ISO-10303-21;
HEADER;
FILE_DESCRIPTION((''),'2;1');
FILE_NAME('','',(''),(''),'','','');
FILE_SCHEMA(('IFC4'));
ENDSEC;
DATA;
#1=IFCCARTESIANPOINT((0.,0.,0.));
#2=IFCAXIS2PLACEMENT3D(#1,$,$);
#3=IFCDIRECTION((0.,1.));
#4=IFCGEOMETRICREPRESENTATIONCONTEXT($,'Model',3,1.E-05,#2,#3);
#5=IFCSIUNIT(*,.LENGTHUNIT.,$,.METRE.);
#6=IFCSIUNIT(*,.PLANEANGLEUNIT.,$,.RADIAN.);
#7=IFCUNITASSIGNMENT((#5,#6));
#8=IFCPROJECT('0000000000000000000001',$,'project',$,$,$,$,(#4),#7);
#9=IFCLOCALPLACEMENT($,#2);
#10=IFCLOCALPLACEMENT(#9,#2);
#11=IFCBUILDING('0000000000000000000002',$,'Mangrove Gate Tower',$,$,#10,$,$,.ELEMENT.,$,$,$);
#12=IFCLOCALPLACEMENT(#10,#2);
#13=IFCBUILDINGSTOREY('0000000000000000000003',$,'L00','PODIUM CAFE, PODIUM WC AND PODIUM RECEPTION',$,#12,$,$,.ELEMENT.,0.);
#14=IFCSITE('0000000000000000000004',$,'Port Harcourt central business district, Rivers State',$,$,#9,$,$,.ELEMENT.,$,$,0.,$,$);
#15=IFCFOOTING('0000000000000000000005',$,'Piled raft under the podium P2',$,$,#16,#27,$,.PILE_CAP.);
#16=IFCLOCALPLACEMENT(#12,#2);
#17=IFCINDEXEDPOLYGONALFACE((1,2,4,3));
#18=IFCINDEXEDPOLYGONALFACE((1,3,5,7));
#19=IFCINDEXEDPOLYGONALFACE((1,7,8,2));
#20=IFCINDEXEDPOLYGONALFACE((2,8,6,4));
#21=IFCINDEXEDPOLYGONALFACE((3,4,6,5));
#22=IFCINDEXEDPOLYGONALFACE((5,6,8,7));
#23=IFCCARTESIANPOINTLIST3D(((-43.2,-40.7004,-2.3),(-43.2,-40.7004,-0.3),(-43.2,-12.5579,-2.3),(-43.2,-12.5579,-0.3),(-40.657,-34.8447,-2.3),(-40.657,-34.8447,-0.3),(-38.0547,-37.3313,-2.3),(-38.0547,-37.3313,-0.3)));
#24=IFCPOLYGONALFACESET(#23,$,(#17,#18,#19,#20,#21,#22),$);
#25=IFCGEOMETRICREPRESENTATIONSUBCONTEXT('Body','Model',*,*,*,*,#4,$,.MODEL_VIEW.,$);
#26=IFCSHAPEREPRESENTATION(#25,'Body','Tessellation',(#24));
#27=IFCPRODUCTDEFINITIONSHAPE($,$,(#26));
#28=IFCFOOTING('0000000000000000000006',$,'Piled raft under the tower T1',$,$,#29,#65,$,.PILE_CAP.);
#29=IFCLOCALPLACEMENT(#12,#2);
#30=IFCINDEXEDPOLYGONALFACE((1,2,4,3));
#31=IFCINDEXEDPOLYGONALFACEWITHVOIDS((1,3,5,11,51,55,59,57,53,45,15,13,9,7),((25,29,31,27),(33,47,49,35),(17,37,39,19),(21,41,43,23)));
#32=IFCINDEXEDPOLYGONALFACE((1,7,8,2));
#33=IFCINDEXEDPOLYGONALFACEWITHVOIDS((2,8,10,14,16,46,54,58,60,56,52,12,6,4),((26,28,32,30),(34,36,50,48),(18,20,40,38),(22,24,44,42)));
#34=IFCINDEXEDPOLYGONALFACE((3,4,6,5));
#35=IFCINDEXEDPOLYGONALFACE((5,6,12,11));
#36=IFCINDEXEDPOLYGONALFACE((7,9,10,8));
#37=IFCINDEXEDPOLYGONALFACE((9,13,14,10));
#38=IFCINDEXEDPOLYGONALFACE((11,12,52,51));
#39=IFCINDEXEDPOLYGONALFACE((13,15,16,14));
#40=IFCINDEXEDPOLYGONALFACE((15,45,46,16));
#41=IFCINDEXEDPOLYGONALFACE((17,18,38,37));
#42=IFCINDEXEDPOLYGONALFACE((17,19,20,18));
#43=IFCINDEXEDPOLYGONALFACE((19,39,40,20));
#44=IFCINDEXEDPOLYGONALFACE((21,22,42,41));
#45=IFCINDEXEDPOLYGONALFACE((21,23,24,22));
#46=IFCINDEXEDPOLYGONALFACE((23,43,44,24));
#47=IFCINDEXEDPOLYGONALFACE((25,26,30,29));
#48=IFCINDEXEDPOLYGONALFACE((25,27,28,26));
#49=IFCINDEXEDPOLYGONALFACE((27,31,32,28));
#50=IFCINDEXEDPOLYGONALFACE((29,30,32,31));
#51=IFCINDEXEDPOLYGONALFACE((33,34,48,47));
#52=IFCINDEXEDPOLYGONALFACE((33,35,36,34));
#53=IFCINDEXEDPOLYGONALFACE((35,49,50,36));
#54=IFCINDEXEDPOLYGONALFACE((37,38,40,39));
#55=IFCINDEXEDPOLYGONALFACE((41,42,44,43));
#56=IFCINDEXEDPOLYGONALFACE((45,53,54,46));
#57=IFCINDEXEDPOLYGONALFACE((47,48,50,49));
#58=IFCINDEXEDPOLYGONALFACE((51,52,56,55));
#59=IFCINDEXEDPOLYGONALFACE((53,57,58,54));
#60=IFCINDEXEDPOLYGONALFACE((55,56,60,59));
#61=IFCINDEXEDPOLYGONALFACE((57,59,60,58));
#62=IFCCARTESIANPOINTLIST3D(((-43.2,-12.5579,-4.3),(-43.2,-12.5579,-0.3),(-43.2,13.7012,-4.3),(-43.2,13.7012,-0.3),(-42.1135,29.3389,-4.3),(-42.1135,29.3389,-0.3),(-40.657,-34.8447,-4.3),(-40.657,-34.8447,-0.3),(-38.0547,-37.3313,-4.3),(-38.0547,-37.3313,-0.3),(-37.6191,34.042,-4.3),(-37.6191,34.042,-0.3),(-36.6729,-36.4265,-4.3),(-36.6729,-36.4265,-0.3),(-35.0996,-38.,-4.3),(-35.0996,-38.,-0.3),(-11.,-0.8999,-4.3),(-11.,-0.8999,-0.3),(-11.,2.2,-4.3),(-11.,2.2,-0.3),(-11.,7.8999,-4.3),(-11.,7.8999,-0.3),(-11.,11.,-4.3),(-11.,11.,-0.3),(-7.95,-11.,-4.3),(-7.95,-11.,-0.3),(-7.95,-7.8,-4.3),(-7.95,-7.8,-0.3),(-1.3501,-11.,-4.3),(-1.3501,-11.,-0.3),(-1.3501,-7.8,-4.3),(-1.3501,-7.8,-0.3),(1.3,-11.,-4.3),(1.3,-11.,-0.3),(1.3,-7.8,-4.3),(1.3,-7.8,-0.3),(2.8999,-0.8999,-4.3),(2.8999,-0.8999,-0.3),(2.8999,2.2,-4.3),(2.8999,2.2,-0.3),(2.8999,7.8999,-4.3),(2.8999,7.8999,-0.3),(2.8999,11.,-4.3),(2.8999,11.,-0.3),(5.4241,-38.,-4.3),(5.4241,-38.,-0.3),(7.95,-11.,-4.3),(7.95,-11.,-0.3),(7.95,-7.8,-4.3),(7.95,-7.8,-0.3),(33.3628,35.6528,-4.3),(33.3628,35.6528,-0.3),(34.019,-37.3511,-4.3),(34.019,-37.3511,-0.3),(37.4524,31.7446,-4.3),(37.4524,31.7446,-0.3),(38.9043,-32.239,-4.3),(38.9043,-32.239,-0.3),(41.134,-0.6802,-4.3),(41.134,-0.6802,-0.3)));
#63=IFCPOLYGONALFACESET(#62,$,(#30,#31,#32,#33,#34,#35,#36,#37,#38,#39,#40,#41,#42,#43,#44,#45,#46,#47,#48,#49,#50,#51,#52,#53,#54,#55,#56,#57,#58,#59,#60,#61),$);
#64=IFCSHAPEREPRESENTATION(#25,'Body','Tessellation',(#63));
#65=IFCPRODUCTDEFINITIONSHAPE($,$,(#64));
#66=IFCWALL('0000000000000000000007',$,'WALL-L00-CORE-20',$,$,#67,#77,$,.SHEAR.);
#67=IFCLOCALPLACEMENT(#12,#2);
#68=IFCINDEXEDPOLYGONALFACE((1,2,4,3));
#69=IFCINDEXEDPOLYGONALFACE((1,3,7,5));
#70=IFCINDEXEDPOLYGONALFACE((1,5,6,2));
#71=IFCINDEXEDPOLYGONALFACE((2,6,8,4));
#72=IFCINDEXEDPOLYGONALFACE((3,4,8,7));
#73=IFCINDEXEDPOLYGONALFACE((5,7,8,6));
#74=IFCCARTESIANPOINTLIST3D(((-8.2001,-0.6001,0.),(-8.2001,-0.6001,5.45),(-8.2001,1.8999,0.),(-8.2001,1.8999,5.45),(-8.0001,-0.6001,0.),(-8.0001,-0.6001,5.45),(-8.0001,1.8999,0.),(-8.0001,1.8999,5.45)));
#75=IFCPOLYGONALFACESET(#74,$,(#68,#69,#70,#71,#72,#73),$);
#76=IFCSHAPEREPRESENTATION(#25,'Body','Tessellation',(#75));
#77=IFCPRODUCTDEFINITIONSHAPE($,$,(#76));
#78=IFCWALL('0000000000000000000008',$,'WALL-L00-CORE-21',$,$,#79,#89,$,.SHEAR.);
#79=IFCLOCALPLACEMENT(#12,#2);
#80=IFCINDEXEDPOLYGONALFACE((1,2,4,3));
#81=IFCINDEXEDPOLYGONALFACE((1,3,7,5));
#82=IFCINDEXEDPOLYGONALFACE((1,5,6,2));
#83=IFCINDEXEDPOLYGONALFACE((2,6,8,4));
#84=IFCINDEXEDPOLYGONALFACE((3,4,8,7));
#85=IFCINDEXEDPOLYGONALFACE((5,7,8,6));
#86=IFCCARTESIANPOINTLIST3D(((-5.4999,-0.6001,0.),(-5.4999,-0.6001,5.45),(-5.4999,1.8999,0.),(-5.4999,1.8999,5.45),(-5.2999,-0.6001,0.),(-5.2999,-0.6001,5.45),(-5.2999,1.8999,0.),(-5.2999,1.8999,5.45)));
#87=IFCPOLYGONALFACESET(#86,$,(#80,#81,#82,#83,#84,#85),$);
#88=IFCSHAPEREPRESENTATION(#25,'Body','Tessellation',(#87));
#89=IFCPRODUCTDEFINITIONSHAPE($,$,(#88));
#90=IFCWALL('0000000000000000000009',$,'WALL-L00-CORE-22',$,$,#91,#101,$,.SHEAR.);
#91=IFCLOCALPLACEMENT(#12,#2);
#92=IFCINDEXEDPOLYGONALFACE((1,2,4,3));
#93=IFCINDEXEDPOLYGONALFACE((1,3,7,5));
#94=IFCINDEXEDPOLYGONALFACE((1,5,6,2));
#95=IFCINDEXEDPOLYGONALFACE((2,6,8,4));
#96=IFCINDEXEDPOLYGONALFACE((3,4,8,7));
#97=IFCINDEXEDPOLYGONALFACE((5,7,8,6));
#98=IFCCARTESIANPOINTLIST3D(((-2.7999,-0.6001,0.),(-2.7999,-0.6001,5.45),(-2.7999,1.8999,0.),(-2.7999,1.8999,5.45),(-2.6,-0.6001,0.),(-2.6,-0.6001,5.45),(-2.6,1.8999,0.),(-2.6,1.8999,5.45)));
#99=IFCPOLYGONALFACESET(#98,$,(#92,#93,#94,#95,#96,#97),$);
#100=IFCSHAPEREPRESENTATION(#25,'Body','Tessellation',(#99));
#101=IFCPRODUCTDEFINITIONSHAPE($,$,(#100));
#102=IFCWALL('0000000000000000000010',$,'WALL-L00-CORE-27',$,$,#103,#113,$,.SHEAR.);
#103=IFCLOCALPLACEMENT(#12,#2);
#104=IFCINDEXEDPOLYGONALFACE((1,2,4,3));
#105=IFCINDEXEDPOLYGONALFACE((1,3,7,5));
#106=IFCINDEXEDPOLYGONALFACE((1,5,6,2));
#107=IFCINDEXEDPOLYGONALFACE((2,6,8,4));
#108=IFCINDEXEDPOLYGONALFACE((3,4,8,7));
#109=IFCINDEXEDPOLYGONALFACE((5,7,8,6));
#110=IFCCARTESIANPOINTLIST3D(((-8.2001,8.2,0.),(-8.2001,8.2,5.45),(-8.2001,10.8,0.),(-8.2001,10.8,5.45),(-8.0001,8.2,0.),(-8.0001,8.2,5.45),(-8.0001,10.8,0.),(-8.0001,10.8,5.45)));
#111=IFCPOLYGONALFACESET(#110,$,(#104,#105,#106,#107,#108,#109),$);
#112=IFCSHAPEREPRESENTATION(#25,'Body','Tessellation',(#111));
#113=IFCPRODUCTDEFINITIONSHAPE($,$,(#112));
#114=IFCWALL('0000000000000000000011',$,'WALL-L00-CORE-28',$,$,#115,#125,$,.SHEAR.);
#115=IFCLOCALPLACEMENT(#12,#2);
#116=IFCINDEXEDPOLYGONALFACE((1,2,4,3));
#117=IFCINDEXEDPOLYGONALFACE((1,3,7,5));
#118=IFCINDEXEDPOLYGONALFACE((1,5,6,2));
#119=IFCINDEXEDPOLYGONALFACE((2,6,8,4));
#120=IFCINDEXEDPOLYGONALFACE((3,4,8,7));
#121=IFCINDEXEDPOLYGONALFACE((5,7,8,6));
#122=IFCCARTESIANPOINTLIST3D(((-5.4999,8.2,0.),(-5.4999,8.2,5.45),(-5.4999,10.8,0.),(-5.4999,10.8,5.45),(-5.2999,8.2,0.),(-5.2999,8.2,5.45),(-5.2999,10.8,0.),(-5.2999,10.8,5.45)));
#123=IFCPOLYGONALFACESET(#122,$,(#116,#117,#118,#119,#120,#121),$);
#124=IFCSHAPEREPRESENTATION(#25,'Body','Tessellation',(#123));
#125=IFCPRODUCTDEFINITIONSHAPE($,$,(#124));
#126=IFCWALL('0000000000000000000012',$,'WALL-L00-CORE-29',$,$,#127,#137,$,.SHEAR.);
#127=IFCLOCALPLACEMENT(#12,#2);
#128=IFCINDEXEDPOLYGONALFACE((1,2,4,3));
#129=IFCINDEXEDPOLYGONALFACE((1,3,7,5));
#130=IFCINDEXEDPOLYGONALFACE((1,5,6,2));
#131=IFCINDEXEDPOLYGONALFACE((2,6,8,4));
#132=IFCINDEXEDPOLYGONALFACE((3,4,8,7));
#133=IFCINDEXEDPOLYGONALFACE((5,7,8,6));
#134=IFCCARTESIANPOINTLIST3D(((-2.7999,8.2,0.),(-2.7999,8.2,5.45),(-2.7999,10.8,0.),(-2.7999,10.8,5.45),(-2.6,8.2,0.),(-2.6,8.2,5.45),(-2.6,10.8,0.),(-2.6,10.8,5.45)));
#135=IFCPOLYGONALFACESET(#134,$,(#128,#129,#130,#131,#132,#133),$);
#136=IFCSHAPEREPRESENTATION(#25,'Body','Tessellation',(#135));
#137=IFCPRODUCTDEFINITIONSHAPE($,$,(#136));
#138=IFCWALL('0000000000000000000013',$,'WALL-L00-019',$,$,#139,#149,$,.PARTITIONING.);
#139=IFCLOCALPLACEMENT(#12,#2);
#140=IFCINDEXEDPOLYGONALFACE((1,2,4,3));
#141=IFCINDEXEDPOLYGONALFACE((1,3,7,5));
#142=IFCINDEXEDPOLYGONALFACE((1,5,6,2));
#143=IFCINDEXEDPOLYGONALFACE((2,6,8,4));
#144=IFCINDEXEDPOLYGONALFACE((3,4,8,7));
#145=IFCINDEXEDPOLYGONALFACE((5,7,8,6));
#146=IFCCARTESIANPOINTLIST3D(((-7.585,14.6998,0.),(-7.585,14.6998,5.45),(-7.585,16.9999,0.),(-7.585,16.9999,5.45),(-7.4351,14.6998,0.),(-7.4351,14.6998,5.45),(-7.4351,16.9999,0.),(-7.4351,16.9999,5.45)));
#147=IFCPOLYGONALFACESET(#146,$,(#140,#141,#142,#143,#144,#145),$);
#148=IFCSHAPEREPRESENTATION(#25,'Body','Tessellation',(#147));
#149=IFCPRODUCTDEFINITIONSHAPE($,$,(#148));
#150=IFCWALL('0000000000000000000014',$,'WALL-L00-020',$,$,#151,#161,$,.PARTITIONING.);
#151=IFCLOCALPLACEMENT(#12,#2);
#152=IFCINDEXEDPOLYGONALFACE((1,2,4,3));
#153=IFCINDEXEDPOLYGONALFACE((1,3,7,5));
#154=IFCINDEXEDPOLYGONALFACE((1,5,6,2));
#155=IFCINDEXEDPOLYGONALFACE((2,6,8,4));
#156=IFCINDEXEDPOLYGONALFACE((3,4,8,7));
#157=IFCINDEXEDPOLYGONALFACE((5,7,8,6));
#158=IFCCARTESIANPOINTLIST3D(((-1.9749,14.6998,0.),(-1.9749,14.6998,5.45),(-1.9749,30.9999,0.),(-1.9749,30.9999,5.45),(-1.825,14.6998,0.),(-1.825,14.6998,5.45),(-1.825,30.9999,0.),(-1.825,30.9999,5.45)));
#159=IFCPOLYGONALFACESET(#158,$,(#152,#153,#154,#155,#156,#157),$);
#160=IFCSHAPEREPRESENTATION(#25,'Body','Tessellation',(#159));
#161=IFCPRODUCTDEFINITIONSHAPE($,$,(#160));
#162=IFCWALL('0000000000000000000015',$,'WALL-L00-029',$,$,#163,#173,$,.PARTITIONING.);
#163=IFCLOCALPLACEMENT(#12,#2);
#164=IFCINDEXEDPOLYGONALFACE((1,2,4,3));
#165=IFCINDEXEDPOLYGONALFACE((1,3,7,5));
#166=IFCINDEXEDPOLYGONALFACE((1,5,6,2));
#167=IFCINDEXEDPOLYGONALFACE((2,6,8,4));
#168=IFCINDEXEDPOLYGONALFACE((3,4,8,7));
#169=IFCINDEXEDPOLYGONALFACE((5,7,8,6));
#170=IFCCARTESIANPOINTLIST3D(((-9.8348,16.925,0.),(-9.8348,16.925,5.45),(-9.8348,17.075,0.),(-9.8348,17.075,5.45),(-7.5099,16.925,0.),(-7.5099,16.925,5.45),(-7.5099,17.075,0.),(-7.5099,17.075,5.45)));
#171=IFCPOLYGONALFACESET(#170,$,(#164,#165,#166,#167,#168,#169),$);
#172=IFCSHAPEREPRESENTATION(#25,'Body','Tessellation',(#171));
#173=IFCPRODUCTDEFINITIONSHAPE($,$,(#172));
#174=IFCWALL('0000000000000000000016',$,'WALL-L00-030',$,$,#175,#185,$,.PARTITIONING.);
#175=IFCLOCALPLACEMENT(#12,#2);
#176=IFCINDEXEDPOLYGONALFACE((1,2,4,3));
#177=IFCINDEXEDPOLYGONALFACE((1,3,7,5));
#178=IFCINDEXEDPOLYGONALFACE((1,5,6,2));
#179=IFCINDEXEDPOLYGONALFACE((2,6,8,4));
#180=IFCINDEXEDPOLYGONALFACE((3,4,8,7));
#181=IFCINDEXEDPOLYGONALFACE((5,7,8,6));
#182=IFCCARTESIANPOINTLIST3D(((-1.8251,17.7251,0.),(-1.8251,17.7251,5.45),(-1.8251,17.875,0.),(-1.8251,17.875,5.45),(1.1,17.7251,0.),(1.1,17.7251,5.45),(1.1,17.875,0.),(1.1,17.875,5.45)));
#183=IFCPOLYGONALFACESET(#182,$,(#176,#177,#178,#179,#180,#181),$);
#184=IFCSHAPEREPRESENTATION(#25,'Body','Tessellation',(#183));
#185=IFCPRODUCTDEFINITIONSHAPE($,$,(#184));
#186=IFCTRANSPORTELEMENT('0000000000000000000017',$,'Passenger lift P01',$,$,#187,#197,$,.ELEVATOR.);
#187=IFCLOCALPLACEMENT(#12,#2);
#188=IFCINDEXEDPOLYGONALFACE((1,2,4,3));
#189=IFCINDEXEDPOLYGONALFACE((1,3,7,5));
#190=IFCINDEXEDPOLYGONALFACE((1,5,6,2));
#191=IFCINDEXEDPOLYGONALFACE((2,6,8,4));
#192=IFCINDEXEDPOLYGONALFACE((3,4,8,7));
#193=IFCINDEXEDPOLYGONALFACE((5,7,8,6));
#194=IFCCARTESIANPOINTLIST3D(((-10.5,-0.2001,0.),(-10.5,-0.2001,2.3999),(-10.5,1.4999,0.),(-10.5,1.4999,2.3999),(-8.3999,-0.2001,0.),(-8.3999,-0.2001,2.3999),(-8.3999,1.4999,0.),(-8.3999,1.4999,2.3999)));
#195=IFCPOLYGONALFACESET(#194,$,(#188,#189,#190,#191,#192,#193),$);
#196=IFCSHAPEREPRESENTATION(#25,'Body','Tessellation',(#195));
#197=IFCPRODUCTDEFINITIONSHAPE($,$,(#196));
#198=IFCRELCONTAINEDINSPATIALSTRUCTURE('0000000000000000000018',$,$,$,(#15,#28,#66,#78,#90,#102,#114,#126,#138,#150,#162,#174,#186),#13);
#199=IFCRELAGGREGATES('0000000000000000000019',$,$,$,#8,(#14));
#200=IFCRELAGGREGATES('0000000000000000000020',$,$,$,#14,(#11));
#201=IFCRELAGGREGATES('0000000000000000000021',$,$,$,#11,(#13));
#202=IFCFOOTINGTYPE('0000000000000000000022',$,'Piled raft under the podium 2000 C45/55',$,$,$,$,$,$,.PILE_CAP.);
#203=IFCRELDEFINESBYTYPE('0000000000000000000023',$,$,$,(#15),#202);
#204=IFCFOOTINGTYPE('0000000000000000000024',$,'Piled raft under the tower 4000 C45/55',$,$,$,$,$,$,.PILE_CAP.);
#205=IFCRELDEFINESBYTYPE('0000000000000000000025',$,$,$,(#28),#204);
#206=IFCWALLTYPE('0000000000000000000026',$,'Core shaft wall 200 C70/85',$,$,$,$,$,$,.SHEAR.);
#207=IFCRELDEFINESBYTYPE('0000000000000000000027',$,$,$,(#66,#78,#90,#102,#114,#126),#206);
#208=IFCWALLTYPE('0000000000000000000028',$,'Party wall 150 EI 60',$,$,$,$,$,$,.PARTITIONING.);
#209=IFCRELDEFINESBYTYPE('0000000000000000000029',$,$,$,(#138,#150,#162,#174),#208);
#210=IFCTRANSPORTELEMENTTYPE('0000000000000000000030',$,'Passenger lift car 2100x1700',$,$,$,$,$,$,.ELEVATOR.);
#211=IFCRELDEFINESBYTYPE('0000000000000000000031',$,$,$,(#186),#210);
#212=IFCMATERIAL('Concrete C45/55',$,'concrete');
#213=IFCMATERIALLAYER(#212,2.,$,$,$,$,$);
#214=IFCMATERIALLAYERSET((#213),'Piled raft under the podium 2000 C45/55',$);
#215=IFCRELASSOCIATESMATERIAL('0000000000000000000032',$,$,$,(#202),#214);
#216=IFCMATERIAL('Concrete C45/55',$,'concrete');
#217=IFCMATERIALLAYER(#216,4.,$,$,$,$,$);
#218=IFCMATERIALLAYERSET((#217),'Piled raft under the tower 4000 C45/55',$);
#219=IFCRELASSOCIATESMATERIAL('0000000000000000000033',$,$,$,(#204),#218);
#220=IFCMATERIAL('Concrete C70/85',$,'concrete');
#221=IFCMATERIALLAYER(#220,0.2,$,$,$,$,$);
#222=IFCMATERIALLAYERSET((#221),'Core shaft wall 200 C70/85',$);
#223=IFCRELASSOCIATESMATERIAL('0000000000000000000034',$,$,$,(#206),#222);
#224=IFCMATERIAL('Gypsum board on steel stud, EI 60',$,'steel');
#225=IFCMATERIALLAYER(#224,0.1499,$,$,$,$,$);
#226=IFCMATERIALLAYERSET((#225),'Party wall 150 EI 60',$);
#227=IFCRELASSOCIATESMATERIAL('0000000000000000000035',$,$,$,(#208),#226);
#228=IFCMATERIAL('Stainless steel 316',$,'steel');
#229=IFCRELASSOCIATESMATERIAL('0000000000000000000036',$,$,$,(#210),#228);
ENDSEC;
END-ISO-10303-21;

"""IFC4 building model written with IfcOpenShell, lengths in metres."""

from ifc_helpers import new_model, si_unit, direction, frame, frame_2d, origin, origin_2d, place, context, subcontext, project, spatial, polyline, rectangle, outline, extrude, material, layer, layer_set, type_object, element, save


model = new_model("IFC4")

# Units and contexts
model_context = context("Model", 3, precision=1e-05, world=origin(), true_north=direction((0.0, 1.0)))
body_context = subcontext(model_context, "Body", "Model", "MODEL_VIEW")
ifc_project = project(units=[si_unit("LENGTHUNIT", "METRE"), si_unit("PLANEANGLEUNIT", "RADIAN")], contexts=[model_context])

# Site, building, storey
site_placement = place(None, origin())
site = spatial("IfcSite", under=ifc_project, at=site_placement, Name="Port Harcourt central business district, Rivers State", CompositionType="ELEMENT", RefElevation=0.0)
building_placement = place(site_placement, origin())
building = spatial("IfcBuilding", under=site, at=building_placement, Name="Mangrove Gate Tower", CompositionType="ELEMENT")
storey_placement = place(building_placement, origin())
storey = spatial("IfcBuildingStorey", under=building, at=storey_placement, Name="L00", Description="PODIUM CAFE, PODIUM WC AND PODIUM RECEPTION", CompositionType="ELEMENT", Elevation=0.0)

# Footings
ifc_material_1 = material(Name="Concrete C45/55", Category="concrete")
ifc_layer_1 = layer(ifc_material_1, 2.0)
ifc_layer_set_1 = layer_set([ifc_layer_1], Name="Piled raft under the podium 2000 C45/55")
footing_type_1 = type_object("IfcFootingType", Name="Piled raft under the podium 2000 C45/55", PredefinedType="PILE_CAP", material=ifc_layer_set_1)
footing_1_placement = place(storey_placement, frame((0.0, 0.0, -2.3)))
element("IfcFooting", 1, at=footing_1_placement, inside=storey, type_object=footing_type_1, Name="Piled raft under the podium P2", PredefinedType="PILE_CAP", context=body_context, shape_type="SweptSolid", body=[
    extrude(outline(polyline([(-43.2, -12.5579), (-43.2, -40.7004), (-38.0547, -37.3313), (-40.657, -34.8447), (-43.2, -12.5579)])), origin(), (0.0, 0.0, 1.0), 2.0),
])
ifc_material_2 = material(Name="Concrete C45/55", Category="concrete")
ifc_layer_2 = layer(ifc_material_2, 4.0)
ifc_layer_set_2 = layer_set([ifc_layer_2], Name="Piled raft under the tower 4000 C45/55")
footing_type_2 = type_object("IfcFootingType", Name="Piled raft under the tower 4000 C45/55", PredefinedType="PILE_CAP", material=ifc_layer_set_2)
footing_2_placement = place(storey_placement, frame((0.0, 0.0, -4.3)))
element("IfcFooting", 2, at=footing_2_placement, inside=storey, type_object=footing_type_2, Name="Piled raft under the tower T1", PredefinedType="PILE_CAP", context=body_context, shape_type="SweptSolid", body=[
    extrude(outline(polyline([(-43.2, 13.7012), (-43.2, -12.5579), (-40.657, -34.8447), (-38.0547, -37.3313), (-36.6729, -36.4265), (-35.0996, -38.0), (5.4241, -38.0), (34.019, -37.3511), (38.9043, -32.239), (41.134, -0.6802), (37.4524, 31.7446), (33.3628, 35.6528), (-37.6191, 34.042), (-42.1135, 29.3389), (-43.2, 13.7012)]), holes=[polyline([(1.3, -7.8), (7.95, -7.8), (7.95, -11.0), (1.3, -11.0), (1.3, -7.8)]), polyline([(-11.0, 2.2), (2.8999, 2.2), (2.8999, -0.8999), (-11.0, -0.8999), (-11.0, 2.2)]), polyline([(-11.0, 11.0), (2.8999, 11.0), (2.8999, 7.8999), (-11.0, 7.8999), (-11.0, 11.0)]), polyline([(-7.95, -7.8), (-1.3501, -7.8), (-1.3501, -11.0), (-7.95, -11.0), (-7.95, -7.8)])]), origin(), (0.0, 0.0, 1.0), 4.0),
])

# Walls
ifc_material_3 = material(Name="Concrete C70/85", Category="concrete")
ifc_layer_3 = layer(ifc_material_3, 0.2)
ifc_layer_set_3 = layer_set([ifc_layer_3], Name="Core shaft wall 200 C70/85")
wall_type_1 = type_object("IfcWallType", Name="Core shaft wall 200 C70/85", PredefinedType="SHEAR", material=ifc_layer_set_3)
for number, where, z_axis, x_axis, name in (
    (3, (-8.1001, -0.6001, 0.0), (0.0, 0.0, 1.0), (0.0, 1.0, 0.0), "WALL-L00-CORE-20"),
    (4, (-5.3999, -0.6001, 0.0), (0.0, 0.0, 1.0), (0.0, 1.0, 0.0), "WALL-L00-CORE-21"),
    (5, (-2.7, -0.6001, 0.0), (0.0, 0.0, 1.0), (0.0, 1.0, 0.0), "WALL-L00-CORE-22"),
):
    element("IfcWall", number, at=place(storey_placement, frame(where, z_axis=z_axis, x_axis=x_axis)), inside=storey, type_object=wall_type_1, Name=name, PredefinedType="SHEAR", context=body_context, shape_type="SweptSolid", body=[
        extrude(rectangle(XDim=2.5, YDim=0.2, at=frame_2d((1.25, 0.0))), origin(), (0.0, 0.0, 1.0), 5.45),
    ])
for number, where, z_axis, x_axis, name in (
    (6, (-8.1001, 8.2, 0.0), (0.0, 0.0, 1.0), (0.0, 1.0, 0.0), "WALL-L00-CORE-27"),
    (7, (-5.3999, 8.2, 0.0), (0.0, 0.0, 1.0), (0.0, 1.0, 0.0), "WALL-L00-CORE-28"),
    (8, (-2.7, 8.2, 0.0), (0.0, 0.0, 1.0), (0.0, 1.0, 0.0), "WALL-L00-CORE-29"),
):
    element("IfcWall", number, at=place(storey_placement, frame(where, z_axis=z_axis, x_axis=x_axis)), inside=storey, type_object=wall_type_1, Name=name, PredefinedType="SHEAR", context=body_context, shape_type="SweptSolid", body=[
        extrude(rectangle(XDim=2.6001, YDim=0.2, at=frame_2d((1.3, 0.0))), origin(), (0.0, 0.0, 1.0), 5.45),
    ])
ifc_material_4 = material(Name="Gypsum board on steel stud, EI 60", Category="steel")
ifc_layer_4 = layer(ifc_material_4, 0.1499)
ifc_layer_set_4 = layer_set([ifc_layer_4], Name="Party wall 150 EI 60")
wall_type_2 = type_object("IfcWallType", Name="Party wall 150 EI 60", PredefinedType="PARTITIONING", material=ifc_layer_set_4)
wall_1_placement = place(storey_placement, frame((-7.51, 14.7, 0.0), z_axis=(0.0, 0.0, 1.0), x_axis=(0.0, 1.0, 0.0)))
element("IfcWall", 9, at=wall_1_placement, inside=storey, type_object=wall_type_2, Name="WALL-L00-019", PredefinedType="PARTITIONING", context=body_context, shape_type="SweptSolid", body=[
    extrude(rectangle(XDim=2.3, YDim=0.1499, at=frame_2d((1.1499, 0.0))), origin(), (0.0, 0.0, 1.0), 5.45),
])
wall_2_placement = place(storey_placement, frame((-1.8999, 14.7, 0.0), z_axis=(0.0, 0.0, 1.0), x_axis=(0.0, 1.0, 0.0)))
element("IfcWall", 10, at=wall_2_placement, inside=storey, type_object=wall_type_2, Name="WALL-L00-020", PredefinedType="PARTITIONING", context=body_context, shape_type="SweptSolid", body=[
    extrude(rectangle(XDim=16.3, YDim=0.1499, at=frame_2d((8.1499, 0.0))), origin(), (0.0, 0.0, 1.0), 5.45),
])
wall_3_placement = place(storey_placement, frame((-9.835, 17.0, 0.0), z_axis=(0.0, 0.0, 1.0), x_axis=(1.0, 0.0, 0.0)))
element("IfcWall", 11, at=wall_3_placement, inside=storey, type_object=wall_type_2, Name="WALL-L00-029", PredefinedType="PARTITIONING", context=body_context, shape_type="SweptSolid", body=[
    extrude(rectangle(XDim=2.325, YDim=0.1499, at=frame_2d((1.1626, 0.0))), origin(), (0.0, 0.0, 1.0), 5.45),
])
wall_4_placement = place(storey_placement, frame((-1.825, 17.8, 0.0), z_axis=(0.0, 0.0, 1.0), x_axis=(1.0, 0.0, 0.0)))
element("IfcWall", 12, at=wall_4_placement, inside=storey, type_object=wall_type_2, Name="WALL-L00-030", PredefinedType="PARTITIONING", context=body_context, shape_type="SweptSolid", body=[
    extrude(rectangle(XDim=2.925, YDim=0.1499, at=frame_2d((1.4624, 0.0))), origin(), (0.0, 0.0, 1.0), 5.45),
])

# Transport element
ifc_material_5 = material(Name="Stainless steel 316", Category="steel")
transport_element_type = type_object("IfcTransportElementType", Name="Passenger lift car 2100x1700", PredefinedType="ELEVATOR", material=ifc_material_5)
for number, where, z_axis, x_axis, name in (
    (13, (-9.45, 0.6499, 0.0), (0.0, 0.0, 1.0), (1.0, 0.0, 0.0), "Passenger lift P01"),
):
    element("IfcTransportElement", number, at=place(storey_placement, frame(where, z_axis=z_axis, x_axis=x_axis)), inside=storey, type_object=transport_element_type, Name=name, PredefinedType="ELEVATOR", context=body_context, shape_type="SweptSolid", body=[
        extrude(rectangle(XDim=2.1001, YDim=1.7, at=origin_2d()), origin(), (0.0, 0.0, 1.0), 2.3999),
    ])

save(model, "model.ifc")
